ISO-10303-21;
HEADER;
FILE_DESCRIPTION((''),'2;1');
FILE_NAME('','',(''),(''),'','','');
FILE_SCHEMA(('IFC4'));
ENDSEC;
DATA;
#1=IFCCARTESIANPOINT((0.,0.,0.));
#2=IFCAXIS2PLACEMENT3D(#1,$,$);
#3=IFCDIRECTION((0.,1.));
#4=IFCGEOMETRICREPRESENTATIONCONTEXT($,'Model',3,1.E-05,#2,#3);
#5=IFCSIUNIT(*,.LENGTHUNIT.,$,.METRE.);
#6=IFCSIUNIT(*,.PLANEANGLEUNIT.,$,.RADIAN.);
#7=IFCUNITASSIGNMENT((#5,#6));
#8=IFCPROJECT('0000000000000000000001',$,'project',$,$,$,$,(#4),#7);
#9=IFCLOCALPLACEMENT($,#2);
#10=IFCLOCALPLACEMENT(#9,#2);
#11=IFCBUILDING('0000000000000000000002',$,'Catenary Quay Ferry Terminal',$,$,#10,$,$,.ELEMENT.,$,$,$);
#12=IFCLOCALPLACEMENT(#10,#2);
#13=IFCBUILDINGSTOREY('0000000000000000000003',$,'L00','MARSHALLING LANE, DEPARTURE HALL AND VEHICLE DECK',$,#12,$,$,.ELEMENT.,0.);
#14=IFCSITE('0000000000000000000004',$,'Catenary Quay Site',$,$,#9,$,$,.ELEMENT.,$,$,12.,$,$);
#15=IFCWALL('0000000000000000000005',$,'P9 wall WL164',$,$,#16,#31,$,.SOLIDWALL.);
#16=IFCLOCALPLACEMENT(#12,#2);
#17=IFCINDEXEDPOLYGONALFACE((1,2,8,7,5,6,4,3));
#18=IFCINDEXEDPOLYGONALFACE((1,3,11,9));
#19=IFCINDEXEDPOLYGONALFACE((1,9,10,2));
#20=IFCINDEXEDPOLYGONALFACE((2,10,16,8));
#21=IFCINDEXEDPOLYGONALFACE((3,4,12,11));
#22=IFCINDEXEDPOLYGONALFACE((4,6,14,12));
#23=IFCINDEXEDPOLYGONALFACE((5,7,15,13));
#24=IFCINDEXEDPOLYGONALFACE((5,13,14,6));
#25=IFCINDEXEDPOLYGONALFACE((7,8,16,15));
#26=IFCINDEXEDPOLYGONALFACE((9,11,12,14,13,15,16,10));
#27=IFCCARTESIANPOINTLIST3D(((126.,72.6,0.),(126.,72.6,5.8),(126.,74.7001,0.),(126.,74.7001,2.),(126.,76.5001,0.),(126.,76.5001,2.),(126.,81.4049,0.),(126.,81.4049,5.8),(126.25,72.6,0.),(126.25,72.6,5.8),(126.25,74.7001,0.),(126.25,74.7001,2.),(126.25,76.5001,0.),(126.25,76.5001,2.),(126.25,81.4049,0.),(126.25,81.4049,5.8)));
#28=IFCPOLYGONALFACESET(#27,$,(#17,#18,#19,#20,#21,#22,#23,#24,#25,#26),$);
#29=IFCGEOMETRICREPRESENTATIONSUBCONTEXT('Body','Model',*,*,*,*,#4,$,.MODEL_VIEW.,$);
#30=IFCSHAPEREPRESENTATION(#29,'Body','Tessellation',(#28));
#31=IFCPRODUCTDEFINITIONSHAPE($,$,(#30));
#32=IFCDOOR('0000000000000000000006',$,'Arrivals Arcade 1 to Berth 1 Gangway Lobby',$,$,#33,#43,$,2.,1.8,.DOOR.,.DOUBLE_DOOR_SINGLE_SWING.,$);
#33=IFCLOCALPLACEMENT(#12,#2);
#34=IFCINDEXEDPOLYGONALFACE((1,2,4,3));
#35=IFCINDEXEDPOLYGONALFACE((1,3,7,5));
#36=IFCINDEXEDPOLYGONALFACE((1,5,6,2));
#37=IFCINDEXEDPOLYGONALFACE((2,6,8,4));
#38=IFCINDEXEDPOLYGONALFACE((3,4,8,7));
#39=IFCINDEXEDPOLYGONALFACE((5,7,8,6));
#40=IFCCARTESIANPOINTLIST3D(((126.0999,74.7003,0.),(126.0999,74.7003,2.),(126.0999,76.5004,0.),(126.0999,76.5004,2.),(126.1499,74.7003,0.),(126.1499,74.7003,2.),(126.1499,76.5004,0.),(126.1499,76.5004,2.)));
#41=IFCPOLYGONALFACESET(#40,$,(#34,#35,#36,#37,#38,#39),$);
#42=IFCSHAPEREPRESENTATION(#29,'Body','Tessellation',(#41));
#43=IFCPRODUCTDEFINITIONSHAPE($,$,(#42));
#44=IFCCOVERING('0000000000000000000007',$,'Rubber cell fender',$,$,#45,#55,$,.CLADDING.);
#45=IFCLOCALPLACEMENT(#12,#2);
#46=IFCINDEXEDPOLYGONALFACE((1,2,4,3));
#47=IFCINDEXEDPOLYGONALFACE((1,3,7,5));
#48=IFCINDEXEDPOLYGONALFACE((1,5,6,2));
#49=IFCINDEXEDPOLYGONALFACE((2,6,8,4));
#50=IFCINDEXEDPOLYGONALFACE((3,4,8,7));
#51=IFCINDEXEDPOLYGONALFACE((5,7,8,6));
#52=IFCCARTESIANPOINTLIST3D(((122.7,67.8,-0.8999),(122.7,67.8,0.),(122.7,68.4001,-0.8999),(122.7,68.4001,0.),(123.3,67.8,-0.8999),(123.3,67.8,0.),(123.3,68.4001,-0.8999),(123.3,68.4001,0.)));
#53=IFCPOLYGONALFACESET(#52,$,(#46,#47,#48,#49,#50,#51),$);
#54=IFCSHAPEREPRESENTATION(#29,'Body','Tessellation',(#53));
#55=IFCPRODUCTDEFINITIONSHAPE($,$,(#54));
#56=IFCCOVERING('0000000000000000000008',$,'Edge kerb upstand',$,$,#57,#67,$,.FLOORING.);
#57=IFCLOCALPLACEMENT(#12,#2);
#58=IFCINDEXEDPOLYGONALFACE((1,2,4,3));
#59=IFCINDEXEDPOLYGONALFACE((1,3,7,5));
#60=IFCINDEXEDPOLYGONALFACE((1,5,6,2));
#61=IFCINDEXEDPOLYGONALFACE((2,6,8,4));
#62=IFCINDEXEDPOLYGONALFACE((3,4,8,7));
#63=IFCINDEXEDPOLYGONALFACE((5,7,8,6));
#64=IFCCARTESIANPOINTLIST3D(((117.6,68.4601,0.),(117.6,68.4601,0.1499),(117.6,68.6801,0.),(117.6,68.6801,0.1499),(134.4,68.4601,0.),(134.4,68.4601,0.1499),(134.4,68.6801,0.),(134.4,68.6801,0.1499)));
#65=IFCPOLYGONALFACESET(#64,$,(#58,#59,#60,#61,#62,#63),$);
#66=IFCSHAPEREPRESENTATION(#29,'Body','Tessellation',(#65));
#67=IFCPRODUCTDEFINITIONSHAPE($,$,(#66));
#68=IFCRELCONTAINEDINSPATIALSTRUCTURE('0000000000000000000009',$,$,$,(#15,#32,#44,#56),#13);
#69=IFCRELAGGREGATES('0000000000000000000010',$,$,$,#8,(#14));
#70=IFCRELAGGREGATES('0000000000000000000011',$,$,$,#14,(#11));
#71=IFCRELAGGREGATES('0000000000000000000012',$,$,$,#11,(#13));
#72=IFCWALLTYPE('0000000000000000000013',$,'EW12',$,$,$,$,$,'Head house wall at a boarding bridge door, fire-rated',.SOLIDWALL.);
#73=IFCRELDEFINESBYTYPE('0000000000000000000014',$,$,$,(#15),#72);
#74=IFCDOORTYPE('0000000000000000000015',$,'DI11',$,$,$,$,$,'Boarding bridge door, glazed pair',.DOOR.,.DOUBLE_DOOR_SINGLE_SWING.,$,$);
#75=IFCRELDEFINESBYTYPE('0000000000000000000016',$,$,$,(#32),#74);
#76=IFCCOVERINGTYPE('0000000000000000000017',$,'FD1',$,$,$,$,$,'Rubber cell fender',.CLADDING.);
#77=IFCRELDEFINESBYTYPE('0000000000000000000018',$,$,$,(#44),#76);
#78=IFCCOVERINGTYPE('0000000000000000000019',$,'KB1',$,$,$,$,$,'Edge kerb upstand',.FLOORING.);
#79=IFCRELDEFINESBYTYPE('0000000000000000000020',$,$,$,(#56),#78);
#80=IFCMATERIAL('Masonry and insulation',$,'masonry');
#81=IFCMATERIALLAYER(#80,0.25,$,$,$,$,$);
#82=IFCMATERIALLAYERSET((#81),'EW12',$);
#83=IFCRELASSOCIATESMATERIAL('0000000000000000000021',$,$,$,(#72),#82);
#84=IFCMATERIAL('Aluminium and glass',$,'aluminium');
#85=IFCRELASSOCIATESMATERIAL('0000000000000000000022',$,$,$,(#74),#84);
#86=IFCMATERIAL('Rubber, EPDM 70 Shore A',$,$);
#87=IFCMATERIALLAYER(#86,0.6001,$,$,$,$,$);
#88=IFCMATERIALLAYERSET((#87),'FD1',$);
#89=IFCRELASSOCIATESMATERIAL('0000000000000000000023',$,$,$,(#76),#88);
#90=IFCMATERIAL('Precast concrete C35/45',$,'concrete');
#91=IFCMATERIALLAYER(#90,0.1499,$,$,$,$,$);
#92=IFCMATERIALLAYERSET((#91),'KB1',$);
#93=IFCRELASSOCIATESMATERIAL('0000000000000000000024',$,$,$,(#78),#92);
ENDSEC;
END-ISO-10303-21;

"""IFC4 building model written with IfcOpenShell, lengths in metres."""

from ifc_helpers import new_model, si_unit, direction, frame, frame_2d, origin, origin_2d, place, context, subcontext, project, spatial, rectangle, extrude, material, layer, layer_set, type_object, element, fill, save


model = new_model("IFC4")

# Units and contexts
model_context = context("Model", 3, precision=1e-05, world=origin(), true_north=direction((0.0, 1.0)))
body_context = subcontext(model_context, "Body", "Model", "MODEL_VIEW")
ifc_project = project(units=[si_unit("LENGTHUNIT", "METRE"), si_unit("PLANEANGLEUNIT", "RADIAN")], contexts=[model_context])

# Site, building, storey
site_placement = place(None, origin())
site = spatial("IfcSite", under=ifc_project, at=site_placement, Name="Catenary Quay Site", CompositionType="ELEMENT", RefElevation=12.0)
building_placement = place(site_placement, origin())
building = spatial("IfcBuilding", under=site, at=building_placement, Name="Catenary Quay Ferry Terminal", CompositionType="ELEMENT")
storey_placement = place(building_placement, origin())
storey = spatial("IfcBuildingStorey", under=building, at=storey_placement, Name="L00", Description="MARSHALLING LANE, DEPARTURE HALL AND VEHICLE DECK", CompositionType="ELEMENT", Elevation=0.0)

# Wall, opening, door
ifc_material_1 = material(Name="Masonry and insulation", Category="masonry")
ifc_layer_1 = layer(ifc_material_1, 0.25)
ifc_layer_set_1 = layer_set([ifc_layer_1], Name="EW12")
wall_type = type_object("IfcWallType", Name="EW12", ElementType="Head house wall at a boarding bridge door, fire-rated", PredefinedType="SOLIDWALL", material=ifc_layer_set_1)
wall_placement = place(storey_placement, frame((126.125, 72.6001, 0.0), z_axis=(0.0, 0.0, 1.0), x_axis=(0.0, 1.0, 0.0)))
wall = element("IfcWall", 1, at=wall_placement, inside=storey, type_object=wall_type, Name="P9 wall WL164", PredefinedType="SOLIDWALL", context=body_context, shape_type="SweptSolid", body=[
    extrude(rectangle(XDim=8.8049, YDim=0.25, at=frame_2d((4.4023, 0.0))), origin(), (0.0, 0.0, 1.0), 5.8),
])
opening_placement = place(wall_placement, frame((2.1001, 0.0, 0.0)))
opening = element("IfcOpeningElement", 2, at=opening_placement, cuts=wall, PredefinedType="OPENING", context=body_context, shape_type="SweptSolid", body=[
    extrude(rectangle(XDim=1.8, YDim=2.0, at=frame_2d((0.8999, 1.0))), frame((0.0, 0.135, 0.0), z_axis=(0.0, -1.0, 0.0), x_axis=(1.0, 0.0, 0.0)), (0.0, 0.0, 1.0), 0.27),
])
ifc_material_2 = material(Name="Aluminium and glass", Category="aluminium")
door_type = type_object("IfcDoorType", Name="DI11", ElementType="Boarding bridge door, glazed pair", OperationType="DOUBLE_DOOR_SINGLE_SWING", PredefinedType="DOOR", material=ifc_material_2)
door_placement = place(opening_placement, frame((1.8, 0.0, 0.0), z_axis=(0.0, 0.0, 1.0), x_axis=(-1.0, 0.0, 0.0)))
door = element("IfcDoor", 3, at=door_placement, inside=storey, type_object=door_type, Name="Arrivals Arcade 1 to Berth 1 Gangway Lobby", OperationType="DOUBLE_DOOR_SINGLE_SWING", OverallHeight=2.0, OverallWidth=1.8, PredefinedType="DOOR", context=body_context, shape_type="SweptSolid", body=[
    extrude(rectangle(XDim=1.8, YDim=2.0, at=frame_2d((0.8999, 1.0))), frame((0.0, 0.0249, 0.0), z_axis=(0.0, -1.0, 0.0), x_axis=(1.0, 0.0, 0.0)), (0.0, 0.0, 1.0), 0.05),
])
fill(opening, door)

# Coverings
ifc_material_3 = material(Name="Rubber, EPDM 70 Shore A")
ifc_layer_2 = layer(ifc_material_3, 0.6001)
ifc_layer_set_2 = layer_set([ifc_layer_2], Name="FD1")
covering_type_1 = type_object("IfcCoveringType", Name="FD1", ElementType="Rubber cell fender", PredefinedType="CLADDING", material=ifc_layer_set_2)
covering_1_placement = place(storey_placement, frame((123.0, 68.1001, -0.8999), z_axis=(0.0, 0.0, 1.0), x_axis=(1.0, 0.0, 0.0)))
element("IfcCovering", 4, at=covering_1_placement, inside=storey, type_object=covering_type_1, Name="Rubber cell fender", PredefinedType="CLADDING", context=body_context, shape_type="SweptSolid", body=[
    extrude(rectangle(XDim=0.6001, YDim=0.6001, at=origin_2d()), origin(), (0.0, 0.0, 1.0), 0.8999),
])
ifc_material_4 = material(Name="Precast concrete C35/45", Category="concrete")
ifc_layer_3 = layer(ifc_material_4, 0.1499)
ifc_layer_set_3 = layer_set([ifc_layer_3], Name="KB1")
covering_type_2 = type_object("IfcCoveringType", Name="KB1", ElementType="Edge kerb upstand", PredefinedType="FLOORING", material=ifc_layer_set_3)
covering_2_placement = place(storey_placement, frame((126.0, 68.5701, 0.0), z_axis=(0.0, 0.0, 1.0), x_axis=(1.0, 0.0, 0.0)))
element("IfcCovering", 5, at=covering_2_placement, inside=storey, type_object=covering_type_2, Name="Edge kerb upstand", PredefinedType="FLOORING", context=body_context, shape_type="SweptSolid", body=[
    extrude(rectangle(XDim=16.8, YDim=0.22, at=origin_2d()), origin(), (0.0, 0.0, 1.0), 0.1499),
])

save(model, "model.ifc")
